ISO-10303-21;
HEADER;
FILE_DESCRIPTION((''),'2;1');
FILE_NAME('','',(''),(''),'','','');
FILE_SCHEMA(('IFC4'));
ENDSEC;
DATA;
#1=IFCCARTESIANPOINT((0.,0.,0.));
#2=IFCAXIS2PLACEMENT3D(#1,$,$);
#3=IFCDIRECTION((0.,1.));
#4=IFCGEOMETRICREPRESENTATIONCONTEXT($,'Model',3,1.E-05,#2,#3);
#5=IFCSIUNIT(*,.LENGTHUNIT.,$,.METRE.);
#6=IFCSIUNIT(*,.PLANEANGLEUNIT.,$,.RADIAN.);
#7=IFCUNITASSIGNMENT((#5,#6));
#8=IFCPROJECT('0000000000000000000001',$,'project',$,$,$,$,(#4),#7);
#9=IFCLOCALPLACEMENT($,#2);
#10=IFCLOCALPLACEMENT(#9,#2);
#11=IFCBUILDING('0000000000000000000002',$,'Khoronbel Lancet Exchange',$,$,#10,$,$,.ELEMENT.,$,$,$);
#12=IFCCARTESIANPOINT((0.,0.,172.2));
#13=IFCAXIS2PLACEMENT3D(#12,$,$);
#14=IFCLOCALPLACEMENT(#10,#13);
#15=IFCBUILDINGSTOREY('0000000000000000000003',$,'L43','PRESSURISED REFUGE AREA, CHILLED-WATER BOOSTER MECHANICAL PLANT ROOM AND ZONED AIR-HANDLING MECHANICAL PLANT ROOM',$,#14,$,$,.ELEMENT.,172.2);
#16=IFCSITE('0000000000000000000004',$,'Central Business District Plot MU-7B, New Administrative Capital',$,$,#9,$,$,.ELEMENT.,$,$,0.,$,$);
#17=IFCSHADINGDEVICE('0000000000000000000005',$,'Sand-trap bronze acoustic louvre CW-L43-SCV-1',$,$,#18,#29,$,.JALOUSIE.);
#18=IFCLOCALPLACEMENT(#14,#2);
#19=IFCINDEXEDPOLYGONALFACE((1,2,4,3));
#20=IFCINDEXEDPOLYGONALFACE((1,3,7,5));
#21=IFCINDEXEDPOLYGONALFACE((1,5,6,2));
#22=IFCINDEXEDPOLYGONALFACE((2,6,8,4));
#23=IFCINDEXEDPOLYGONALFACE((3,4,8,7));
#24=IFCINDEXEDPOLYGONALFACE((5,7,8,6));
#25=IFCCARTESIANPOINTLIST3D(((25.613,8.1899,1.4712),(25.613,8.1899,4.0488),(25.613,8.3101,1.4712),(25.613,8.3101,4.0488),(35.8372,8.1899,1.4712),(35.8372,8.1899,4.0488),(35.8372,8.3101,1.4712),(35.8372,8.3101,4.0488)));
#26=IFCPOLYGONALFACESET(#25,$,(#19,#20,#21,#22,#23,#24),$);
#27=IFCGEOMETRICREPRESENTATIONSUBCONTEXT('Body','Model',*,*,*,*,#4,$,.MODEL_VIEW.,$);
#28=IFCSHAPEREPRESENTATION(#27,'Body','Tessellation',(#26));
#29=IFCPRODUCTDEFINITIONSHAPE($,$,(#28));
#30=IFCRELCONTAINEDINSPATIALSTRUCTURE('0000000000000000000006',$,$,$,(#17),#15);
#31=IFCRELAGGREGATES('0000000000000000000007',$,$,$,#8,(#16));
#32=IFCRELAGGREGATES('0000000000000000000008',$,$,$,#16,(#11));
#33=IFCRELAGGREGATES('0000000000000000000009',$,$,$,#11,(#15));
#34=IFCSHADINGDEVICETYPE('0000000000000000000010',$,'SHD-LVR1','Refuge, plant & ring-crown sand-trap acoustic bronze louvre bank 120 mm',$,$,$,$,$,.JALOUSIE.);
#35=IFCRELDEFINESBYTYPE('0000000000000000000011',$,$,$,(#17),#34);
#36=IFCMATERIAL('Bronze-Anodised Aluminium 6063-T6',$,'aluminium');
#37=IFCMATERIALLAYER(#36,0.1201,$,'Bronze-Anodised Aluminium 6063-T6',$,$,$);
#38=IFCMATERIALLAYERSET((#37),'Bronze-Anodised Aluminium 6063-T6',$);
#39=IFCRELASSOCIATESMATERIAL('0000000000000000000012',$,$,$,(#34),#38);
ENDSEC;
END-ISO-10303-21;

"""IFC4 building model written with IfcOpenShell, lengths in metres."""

from ifc_helpers import new_model, si_unit, direction, frame, origin, origin_2d, place, context, subcontext, project, spatial, rectangle, extrude, material, layer, layer_set, type_object, element, save


model = new_model("IFC4")

# Units and contexts
model_context = context("Model", 3, precision=1e-05, world=origin(), true_north=direction((0.0, 1.0)))
body_context = subcontext(model_context, "Body", "Model", "MODEL_VIEW")
ifc_project = project(units=[si_unit("LENGTHUNIT", "METRE"), si_unit("PLANEANGLEUNIT", "RADIAN")], contexts=[model_context])

# Site, building, storey
site_placement = place(None, origin())
site = spatial("IfcSite", under=ifc_project, at=site_placement, Name="Central Business District Plot MU-7B, New Administrative Capital", CompositionType="ELEMENT", RefElevation=0.0)
building_placement = place(site_placement, origin())
building = spatial("IfcBuilding", under=site, at=building_placement, Name="Khoronbel Lancet Exchange", CompositionType="ELEMENT")
storey_placement = place(building_placement, frame((0.0, 0.0, 172.2)))
storey = spatial("IfcBuildingStorey", under=building, at=storey_placement, Name="L43", Description="PRESSURISED REFUGE AREA, CHILLED-WATER BOOSTER MECHANICAL PLANT ROOM AND ZONED AIR-HANDLING MECHANICAL PLANT ROOM", CompositionType="ELEMENT", Elevation=172.2)

# Shared definitions
ifc_material_1 = material(Name="Bronze-Anodised Aluminium 6063-T6", Category="aluminium")

# Shading device
ifc_layer_1 = layer(ifc_material_1, 0.1201, Name="Bronze-Anodised Aluminium 6063-T6")
ifc_layer_set_1 = layer_set([ifc_layer_1], Name="Bronze-Anodised Aluminium 6063-T6")
shading_device_type = type_object("IfcShadingDeviceType", Name="SHD-LVR1", Description="Refuge, plant & ring-crown sand-trap acoustic bronze louvre bank 120 mm", PredefinedType="JALOUSIE", material=ifc_layer_set_1)
shading_device_placement = place(storey_placement, frame((30.7251, 8.25, 1.4712), z_axis=(0.0, 0.0, 1.0), x_axis=(1.0, 0.0, 0.0)))
element("IfcShadingDevice", 1, at=shading_device_placement, inside=storey, type_object=shading_device_type, Name="Sand-trap bronze acoustic louvre CW-L43-SCV-1", PredefinedType="JALOUSIE", context=body_context, shape_type="SweptSolid", body=[
    extrude(rectangle(XDim=10.2241, YDim=0.1201, at=origin_2d()), origin(), (0.0, 0.0, 1.0), 2.5776),
])

save(model, "model.ifc")
